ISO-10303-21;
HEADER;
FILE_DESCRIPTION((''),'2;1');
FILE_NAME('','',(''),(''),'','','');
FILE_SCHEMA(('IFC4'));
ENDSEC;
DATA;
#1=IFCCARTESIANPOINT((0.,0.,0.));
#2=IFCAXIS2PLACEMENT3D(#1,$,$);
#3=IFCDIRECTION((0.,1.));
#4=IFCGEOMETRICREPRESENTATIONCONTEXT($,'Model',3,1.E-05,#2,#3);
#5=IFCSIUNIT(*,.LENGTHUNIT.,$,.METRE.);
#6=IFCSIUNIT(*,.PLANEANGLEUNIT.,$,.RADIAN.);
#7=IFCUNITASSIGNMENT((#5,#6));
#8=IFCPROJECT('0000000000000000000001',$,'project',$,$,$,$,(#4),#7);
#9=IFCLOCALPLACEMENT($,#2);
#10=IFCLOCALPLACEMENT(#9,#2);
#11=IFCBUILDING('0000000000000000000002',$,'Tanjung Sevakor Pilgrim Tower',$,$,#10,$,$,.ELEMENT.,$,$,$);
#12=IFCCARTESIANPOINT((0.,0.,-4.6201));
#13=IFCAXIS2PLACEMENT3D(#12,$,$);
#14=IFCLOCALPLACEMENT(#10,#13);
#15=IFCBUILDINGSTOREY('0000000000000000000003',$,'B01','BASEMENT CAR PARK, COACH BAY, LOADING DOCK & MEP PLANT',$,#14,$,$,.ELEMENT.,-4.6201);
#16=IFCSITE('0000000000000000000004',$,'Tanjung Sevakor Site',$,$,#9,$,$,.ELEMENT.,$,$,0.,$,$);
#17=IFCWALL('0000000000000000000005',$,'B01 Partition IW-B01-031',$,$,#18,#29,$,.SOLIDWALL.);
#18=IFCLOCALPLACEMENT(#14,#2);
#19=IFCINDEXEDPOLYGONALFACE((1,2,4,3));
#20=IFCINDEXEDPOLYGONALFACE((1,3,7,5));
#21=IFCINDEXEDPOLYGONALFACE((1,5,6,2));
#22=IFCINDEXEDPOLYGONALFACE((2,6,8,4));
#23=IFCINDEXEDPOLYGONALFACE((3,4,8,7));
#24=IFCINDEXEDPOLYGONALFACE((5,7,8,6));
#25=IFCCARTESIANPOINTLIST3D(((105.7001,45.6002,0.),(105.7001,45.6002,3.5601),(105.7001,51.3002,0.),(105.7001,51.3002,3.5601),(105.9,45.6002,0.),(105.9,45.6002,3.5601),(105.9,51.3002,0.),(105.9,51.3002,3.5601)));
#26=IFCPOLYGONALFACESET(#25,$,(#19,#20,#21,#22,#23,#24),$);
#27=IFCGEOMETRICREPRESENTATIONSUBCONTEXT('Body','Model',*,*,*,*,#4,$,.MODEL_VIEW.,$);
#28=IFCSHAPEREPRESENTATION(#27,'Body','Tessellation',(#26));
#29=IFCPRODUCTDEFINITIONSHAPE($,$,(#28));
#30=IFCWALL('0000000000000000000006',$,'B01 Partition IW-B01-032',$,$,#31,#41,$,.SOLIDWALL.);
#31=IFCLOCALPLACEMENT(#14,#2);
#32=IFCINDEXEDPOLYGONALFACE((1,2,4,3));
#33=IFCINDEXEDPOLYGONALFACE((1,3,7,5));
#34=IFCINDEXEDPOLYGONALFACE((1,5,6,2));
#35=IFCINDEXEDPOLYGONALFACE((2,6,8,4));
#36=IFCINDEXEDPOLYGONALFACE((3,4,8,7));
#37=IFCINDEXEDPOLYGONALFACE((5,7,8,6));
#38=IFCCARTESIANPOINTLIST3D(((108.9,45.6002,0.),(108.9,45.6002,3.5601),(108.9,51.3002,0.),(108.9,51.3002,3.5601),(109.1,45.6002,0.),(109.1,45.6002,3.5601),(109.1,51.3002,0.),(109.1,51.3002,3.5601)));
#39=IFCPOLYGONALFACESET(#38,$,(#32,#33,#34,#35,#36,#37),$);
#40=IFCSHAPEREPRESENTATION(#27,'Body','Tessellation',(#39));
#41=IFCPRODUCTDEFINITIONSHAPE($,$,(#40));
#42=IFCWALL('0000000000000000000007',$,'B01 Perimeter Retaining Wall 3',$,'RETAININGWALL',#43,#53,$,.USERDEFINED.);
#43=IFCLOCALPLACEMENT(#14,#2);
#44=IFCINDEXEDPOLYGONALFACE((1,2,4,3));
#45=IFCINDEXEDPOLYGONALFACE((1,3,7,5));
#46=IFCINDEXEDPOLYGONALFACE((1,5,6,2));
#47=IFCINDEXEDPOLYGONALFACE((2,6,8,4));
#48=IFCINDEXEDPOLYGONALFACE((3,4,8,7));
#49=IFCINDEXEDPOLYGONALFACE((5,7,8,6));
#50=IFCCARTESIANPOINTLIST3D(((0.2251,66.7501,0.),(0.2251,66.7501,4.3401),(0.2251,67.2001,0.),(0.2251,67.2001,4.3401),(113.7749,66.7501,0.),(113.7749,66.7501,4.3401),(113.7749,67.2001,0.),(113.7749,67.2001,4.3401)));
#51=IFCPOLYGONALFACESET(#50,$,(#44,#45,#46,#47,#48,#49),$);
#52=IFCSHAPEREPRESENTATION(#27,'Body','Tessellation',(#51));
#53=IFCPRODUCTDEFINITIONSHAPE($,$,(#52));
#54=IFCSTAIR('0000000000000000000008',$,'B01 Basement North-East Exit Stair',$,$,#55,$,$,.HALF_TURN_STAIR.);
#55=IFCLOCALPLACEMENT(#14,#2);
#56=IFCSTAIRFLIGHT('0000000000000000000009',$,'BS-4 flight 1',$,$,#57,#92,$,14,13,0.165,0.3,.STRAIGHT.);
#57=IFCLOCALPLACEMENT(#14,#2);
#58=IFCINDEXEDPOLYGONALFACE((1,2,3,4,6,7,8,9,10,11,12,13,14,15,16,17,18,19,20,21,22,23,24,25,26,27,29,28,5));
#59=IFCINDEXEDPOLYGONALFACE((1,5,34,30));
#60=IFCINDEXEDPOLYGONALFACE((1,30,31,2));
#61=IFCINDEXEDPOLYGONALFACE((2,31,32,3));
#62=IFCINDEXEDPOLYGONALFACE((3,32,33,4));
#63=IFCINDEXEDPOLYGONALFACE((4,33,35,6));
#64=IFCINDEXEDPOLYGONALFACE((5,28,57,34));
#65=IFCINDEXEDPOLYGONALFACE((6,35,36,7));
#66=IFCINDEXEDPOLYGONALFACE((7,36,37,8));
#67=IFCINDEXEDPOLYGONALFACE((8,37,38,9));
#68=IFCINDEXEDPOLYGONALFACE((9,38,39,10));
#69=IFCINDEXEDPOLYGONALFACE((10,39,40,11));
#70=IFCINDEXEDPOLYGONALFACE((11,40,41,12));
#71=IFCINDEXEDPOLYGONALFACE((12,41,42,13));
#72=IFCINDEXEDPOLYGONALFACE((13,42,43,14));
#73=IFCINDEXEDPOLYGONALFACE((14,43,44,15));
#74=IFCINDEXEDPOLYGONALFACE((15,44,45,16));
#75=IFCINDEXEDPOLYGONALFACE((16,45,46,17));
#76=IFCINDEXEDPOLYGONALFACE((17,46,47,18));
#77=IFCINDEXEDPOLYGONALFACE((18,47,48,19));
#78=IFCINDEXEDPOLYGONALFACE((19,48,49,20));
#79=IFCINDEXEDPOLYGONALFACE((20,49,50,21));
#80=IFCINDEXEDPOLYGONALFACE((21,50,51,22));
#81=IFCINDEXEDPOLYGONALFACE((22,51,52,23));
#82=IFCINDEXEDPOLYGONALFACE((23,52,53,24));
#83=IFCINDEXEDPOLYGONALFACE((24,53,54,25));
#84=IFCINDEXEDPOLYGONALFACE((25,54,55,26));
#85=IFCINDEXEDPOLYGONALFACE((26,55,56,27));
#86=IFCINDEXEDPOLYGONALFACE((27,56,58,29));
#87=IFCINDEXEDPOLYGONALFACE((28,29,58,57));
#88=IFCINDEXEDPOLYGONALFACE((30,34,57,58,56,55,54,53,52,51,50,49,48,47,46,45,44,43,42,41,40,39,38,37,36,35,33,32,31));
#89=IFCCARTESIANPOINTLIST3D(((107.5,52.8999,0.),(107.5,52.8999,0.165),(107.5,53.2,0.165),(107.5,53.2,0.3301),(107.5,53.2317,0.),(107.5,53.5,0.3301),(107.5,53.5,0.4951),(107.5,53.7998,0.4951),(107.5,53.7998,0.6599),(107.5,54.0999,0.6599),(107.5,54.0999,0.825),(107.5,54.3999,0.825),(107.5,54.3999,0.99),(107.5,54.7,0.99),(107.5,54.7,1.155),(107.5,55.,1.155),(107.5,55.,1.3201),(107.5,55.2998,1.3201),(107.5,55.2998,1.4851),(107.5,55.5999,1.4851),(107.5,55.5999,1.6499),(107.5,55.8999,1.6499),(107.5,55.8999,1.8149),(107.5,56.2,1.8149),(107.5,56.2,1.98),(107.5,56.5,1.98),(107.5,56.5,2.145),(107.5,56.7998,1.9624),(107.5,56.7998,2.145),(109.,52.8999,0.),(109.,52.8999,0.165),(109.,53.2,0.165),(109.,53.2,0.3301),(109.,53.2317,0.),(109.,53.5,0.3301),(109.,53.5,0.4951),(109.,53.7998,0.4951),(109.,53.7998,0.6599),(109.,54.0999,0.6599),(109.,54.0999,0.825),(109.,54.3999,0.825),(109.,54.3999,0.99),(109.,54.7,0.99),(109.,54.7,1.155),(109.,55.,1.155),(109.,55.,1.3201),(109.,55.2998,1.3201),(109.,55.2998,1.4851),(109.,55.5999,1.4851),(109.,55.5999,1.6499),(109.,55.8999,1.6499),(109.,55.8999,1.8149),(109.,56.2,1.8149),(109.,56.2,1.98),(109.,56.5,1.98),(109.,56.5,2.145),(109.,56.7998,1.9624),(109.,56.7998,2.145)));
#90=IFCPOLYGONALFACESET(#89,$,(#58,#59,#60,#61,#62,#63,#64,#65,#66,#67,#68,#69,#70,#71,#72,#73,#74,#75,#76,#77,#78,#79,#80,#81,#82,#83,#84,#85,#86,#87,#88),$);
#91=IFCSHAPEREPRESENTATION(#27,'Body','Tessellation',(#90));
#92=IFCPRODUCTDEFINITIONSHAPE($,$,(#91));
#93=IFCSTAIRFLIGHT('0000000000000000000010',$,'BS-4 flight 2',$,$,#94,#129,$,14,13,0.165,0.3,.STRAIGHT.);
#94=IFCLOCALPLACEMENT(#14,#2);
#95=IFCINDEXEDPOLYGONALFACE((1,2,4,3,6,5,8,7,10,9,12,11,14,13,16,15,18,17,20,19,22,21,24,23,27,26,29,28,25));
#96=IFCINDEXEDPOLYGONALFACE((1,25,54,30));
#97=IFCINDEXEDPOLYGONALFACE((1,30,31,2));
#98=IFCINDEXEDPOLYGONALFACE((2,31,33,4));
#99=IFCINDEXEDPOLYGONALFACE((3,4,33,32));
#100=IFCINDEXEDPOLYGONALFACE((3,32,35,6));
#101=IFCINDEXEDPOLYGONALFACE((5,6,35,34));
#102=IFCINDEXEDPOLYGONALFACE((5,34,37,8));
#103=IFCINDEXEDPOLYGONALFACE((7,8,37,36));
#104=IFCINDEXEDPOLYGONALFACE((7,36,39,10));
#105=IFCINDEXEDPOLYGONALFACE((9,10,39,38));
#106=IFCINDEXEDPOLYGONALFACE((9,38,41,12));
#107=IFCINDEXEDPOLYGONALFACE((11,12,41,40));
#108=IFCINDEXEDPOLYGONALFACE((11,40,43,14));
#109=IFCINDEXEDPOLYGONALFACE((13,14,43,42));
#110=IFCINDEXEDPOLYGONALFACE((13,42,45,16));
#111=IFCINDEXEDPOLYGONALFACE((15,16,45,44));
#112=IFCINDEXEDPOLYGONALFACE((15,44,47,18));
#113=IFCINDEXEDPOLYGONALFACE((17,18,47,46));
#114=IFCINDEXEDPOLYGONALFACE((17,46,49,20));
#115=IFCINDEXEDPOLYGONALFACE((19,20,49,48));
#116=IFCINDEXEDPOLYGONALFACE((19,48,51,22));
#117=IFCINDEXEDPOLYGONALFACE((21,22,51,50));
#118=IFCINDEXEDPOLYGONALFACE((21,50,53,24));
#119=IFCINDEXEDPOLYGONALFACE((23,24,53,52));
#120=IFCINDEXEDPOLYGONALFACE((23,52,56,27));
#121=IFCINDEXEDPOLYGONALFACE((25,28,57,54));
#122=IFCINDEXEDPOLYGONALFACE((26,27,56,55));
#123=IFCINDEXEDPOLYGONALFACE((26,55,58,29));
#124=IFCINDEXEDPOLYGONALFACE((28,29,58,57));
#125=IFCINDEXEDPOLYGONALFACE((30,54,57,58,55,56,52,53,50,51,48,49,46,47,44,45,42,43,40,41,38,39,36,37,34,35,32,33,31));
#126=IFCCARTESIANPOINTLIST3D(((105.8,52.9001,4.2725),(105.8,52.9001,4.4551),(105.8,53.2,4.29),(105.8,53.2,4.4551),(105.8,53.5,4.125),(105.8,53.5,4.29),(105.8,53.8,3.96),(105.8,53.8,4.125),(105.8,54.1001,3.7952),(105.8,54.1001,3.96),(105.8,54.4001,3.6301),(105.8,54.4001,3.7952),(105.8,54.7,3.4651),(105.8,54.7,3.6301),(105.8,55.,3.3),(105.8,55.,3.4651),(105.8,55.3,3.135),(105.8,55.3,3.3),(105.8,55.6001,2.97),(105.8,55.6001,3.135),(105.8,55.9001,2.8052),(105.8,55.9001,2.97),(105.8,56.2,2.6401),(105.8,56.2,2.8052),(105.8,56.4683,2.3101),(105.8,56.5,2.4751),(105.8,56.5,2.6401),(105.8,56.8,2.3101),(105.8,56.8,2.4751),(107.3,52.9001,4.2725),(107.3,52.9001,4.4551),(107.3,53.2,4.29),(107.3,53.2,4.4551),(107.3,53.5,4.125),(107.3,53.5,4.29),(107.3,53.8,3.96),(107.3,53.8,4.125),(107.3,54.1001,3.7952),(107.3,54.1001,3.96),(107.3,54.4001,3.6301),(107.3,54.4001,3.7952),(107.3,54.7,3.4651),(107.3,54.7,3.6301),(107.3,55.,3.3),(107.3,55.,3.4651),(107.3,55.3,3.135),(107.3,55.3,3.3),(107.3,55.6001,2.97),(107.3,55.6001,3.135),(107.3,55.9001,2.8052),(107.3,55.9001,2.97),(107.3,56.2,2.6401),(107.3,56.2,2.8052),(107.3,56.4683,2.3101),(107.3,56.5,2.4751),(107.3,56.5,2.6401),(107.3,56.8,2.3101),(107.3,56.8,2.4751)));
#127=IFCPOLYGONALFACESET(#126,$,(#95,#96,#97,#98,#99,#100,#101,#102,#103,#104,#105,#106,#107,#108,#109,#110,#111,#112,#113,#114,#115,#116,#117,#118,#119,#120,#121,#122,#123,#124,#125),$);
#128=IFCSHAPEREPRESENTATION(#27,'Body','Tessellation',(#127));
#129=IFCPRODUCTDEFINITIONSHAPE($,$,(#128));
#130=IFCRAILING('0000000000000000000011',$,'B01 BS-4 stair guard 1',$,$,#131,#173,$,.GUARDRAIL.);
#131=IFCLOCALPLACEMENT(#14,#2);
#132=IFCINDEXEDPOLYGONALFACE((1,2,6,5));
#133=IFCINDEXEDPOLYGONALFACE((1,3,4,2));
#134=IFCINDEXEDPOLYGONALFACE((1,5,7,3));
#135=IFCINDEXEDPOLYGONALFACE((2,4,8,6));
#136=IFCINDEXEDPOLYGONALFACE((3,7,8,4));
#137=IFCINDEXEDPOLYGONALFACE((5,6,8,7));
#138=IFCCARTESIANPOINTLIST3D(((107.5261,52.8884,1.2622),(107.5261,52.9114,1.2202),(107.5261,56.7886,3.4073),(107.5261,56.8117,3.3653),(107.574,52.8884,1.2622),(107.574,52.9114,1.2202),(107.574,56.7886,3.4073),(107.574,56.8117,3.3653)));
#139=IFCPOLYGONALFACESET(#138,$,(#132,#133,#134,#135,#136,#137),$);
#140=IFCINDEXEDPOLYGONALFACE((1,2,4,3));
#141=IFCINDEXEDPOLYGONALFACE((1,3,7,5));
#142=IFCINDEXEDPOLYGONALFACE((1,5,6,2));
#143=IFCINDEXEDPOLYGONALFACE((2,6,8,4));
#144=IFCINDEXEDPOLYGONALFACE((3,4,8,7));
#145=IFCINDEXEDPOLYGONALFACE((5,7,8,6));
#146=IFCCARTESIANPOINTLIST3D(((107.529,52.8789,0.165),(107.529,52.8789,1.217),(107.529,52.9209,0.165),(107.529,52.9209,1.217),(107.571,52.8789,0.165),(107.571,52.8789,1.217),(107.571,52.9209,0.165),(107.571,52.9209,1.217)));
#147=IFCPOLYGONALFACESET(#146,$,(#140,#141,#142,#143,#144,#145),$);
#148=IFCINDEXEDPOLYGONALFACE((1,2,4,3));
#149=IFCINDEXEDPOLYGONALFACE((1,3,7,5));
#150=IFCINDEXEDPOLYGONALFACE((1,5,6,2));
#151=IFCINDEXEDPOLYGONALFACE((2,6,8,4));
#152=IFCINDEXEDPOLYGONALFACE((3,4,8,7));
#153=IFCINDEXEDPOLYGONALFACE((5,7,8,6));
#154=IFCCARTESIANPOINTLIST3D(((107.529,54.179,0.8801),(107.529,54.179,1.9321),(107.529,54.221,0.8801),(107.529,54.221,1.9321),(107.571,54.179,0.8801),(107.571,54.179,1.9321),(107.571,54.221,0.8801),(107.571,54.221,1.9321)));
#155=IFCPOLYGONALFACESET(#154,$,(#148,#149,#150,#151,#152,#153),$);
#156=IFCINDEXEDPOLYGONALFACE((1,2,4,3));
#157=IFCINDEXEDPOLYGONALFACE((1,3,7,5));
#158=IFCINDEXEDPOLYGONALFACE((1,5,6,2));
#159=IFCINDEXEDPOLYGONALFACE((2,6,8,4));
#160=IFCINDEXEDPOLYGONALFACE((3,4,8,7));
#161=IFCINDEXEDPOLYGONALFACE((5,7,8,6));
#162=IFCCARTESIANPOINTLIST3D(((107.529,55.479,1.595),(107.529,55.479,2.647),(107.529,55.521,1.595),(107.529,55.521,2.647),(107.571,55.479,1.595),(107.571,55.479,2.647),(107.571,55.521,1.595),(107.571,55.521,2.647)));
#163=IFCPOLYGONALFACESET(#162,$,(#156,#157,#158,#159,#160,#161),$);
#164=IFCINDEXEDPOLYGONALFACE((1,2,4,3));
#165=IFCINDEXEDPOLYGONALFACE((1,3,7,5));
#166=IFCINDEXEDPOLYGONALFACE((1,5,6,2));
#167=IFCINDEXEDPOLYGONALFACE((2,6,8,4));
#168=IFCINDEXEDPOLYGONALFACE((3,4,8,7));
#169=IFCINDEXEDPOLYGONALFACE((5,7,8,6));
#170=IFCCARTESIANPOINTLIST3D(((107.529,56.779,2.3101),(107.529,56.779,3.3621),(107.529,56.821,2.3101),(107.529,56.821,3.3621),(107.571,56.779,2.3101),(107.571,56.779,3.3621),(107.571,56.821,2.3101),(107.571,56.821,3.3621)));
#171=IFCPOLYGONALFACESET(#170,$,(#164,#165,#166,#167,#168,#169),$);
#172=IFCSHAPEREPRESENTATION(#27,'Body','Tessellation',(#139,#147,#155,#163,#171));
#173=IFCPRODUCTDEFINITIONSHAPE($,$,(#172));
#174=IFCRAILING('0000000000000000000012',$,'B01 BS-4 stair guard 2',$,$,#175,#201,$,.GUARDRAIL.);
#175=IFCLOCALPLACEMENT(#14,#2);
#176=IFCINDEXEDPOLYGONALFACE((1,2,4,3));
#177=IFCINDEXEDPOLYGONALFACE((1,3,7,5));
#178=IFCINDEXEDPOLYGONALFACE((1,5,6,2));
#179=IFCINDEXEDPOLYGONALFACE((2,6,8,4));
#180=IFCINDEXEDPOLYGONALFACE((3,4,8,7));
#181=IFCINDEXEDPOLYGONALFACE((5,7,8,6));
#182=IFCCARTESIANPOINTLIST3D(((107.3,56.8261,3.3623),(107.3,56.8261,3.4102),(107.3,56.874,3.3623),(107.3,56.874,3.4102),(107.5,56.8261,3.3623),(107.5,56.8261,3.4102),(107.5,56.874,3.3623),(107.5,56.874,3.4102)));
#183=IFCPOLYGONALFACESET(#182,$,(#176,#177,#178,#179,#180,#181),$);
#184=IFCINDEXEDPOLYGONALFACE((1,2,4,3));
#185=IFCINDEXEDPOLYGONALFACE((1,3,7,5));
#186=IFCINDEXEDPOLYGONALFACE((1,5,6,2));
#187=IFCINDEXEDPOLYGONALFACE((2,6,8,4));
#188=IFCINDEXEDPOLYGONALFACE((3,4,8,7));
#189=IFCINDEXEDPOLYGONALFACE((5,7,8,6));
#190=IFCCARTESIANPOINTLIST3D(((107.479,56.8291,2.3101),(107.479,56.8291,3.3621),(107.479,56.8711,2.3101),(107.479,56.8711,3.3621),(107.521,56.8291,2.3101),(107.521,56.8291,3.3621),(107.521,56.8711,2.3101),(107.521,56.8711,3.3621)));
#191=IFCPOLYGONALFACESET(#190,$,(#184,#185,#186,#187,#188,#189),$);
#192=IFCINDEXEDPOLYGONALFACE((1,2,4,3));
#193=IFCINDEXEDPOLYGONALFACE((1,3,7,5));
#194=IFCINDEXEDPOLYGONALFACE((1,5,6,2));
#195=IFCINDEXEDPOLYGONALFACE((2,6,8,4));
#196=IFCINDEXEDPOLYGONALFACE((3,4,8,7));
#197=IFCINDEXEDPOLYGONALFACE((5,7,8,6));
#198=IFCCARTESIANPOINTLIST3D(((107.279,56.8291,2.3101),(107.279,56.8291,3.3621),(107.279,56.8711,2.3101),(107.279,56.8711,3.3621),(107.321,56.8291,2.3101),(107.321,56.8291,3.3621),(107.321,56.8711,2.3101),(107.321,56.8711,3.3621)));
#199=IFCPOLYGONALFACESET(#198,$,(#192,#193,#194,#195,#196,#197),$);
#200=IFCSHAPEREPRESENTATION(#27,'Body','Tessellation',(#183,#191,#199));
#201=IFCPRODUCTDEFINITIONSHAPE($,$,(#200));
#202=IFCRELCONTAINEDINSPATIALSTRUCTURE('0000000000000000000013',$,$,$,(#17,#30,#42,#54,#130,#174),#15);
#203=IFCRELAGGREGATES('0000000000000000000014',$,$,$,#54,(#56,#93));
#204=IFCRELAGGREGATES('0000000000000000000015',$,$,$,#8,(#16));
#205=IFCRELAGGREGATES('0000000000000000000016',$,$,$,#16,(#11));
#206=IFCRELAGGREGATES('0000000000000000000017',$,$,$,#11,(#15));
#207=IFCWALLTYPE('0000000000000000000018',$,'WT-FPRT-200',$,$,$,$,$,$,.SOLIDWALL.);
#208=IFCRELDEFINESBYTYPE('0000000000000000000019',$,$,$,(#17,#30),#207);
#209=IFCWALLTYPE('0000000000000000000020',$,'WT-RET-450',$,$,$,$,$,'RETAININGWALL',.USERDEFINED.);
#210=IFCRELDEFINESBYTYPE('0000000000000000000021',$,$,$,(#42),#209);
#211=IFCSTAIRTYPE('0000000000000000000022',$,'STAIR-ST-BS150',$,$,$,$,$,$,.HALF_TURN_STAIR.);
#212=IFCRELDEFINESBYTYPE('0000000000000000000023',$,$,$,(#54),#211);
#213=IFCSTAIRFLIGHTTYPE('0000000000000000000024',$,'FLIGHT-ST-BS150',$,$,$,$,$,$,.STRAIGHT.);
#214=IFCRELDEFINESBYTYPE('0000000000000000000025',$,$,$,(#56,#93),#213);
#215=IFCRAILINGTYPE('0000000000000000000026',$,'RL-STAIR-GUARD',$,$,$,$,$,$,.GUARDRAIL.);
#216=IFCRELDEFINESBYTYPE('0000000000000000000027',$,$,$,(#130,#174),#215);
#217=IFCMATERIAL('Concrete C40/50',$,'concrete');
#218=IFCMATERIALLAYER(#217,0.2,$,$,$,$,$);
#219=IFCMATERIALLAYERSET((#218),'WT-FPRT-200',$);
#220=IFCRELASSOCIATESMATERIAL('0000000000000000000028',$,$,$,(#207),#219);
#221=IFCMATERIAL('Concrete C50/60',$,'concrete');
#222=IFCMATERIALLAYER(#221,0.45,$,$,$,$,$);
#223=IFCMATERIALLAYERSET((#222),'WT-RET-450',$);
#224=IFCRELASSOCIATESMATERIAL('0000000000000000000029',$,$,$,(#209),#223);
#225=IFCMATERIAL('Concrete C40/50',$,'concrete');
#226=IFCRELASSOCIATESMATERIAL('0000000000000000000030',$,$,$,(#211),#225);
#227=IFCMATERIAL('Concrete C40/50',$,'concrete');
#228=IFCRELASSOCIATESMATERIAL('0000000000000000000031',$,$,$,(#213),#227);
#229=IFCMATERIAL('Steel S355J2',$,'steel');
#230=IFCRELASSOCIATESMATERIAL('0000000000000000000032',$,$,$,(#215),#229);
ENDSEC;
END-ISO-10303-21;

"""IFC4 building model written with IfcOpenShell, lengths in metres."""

from ifc_helpers import new_model, si_unit, direction, frame, frame_2d, origin, place, context, subcontext, project, spatial, polyline, rectangle, outline, extrude, material, layer, layer_set, type_object, element, aggregate, save


model = new_model("IFC4")

# Units and contexts
model_context = context("Model", 3, precision=1e-05, world=origin(), true_north=direction((0.0, 1.0)))
body_context = subcontext(model_context, "Body", "Model", "MODEL_VIEW")
ifc_project = project(units=[si_unit("LENGTHUNIT", "METRE"), si_unit("PLANEANGLEUNIT", "RADIAN")], contexts=[model_context])

# Site, building, storey
site_placement = place(None, origin())
site = spatial("IfcSite", under=ifc_project, at=site_placement, Name="Tanjung Sevakor Site", CompositionType="ELEMENT", RefElevation=0.0)
building_placement = place(site_placement, origin())
building = spatial("IfcBuilding", under=site, at=building_placement, Name="Tanjung Sevakor Pilgrim Tower", CompositionType="ELEMENT")
storey_placement = place(building_placement, frame((0.0, 0.0, -4.6201)))
storey = spatial("IfcBuildingStorey", under=building, at=storey_placement, Name="B01", Description="BASEMENT CAR PARK, COACH BAY, LOADING DOCK & MEP PLANT", CompositionType="ELEMENT", Elevation=-4.6201)

# Walls
ifc_material_1 = material(Name="Concrete C40/50", Category="concrete")
ifc_layer_1 = layer(ifc_material_1, 0.2)
ifc_layer_set_1 = layer_set([ifc_layer_1], Name="WT-FPRT-200")
wall_type_1 = type_object("IfcWallType", Name="WT-FPRT-200", PredefinedType="SOLIDWALL", material=ifc_layer_set_1)
for number, where, z_axis, x_axis, name in (
    (1, (105.8, 45.6001, 0.0), (0.0, 0.0, 1.0), (0.0, 1.0, 0.0), "B01 Partition IW-B01-031"),
    (2, (109.0, 45.6001, 0.0), (0.0, 0.0, 1.0), (0.0, 1.0, 0.0), "B01 Partition IW-B01-032"),
):
    element("IfcWall", number, at=place(storey_placement, frame(where, z_axis=z_axis, x_axis=x_axis)), inside=storey, type_object=wall_type_1, Name=name, PredefinedType="SOLIDWALL", context=body_context, shape_type="SweptSolid", body=[
        extrude(rectangle(XDim=5.7, YDim=0.2, at=frame_2d((2.8501, 0.0))), origin(), (0.0, 0.0, 1.0), 3.5601),
    ])
ifc_material_2 = material(Name="Concrete C50/60", Category="concrete")
ifc_layer_2 = layer(ifc_material_2, 0.45)
ifc_layer_set_2 = layer_set([ifc_layer_2], Name="WT-RET-450")
wall_type_2 = type_object("IfcWallType", Name="WT-RET-450", ElementType="RETAININGWALL", PredefinedType="USERDEFINED", material=ifc_layer_set_2)
wall_1_placement = place(storey_placement, frame((113.7749, 66.9751, 0.0), z_axis=(0.0, 0.0, 1.0), x_axis=(-1.0, 0.0, 0.0)))
element("IfcWall", 3, at=wall_1_placement, inside=storey, type_object=wall_type_2, Name="B01 Perimeter Retaining Wall 3", ObjectType="RETAININGWALL", PredefinedType="USERDEFINED", context=body_context, shape_type="SweptSolid", body=[
    extrude(rectangle(XDim=113.5498, YDim=0.45, at=frame_2d((56.7749, 0.0))), origin(), (0.0, 0.0, 1.0), 4.3401),
])

# Stair, stair flights
ifc_material_3 = material(Name="Concrete C40/50", Category="concrete")
stair_type = type_object("IfcStairType", Name="STAIR-ST-BS150", PredefinedType="HALF_TURN_STAIR", material=ifc_material_3)
stair_placement = place(storey_placement, origin())
stair = element("IfcStair", 4, at=stair_placement, inside=storey, type_object=stair_type, Name="B01 Basement North-East Exit Stair", PredefinedType="HALF_TURN_STAIR")
ifc_material_4 = material(Name="Concrete C40/50", Category="concrete")
stair_flight_type = type_object("IfcStairFlightType", Name="FLIGHT-ST-BS150", PredefinedType="STRAIGHT", material=ifc_material_4)
stair_flight_1_placement = place(storey_placement, frame((108.25, 52.8999, 0.0), z_axis=(0.0, 0.0, 1.0), x_axis=(0.0, 1.0, 0.0)))
stair_flight_1 = element("IfcStairFlight", 5, at=stair_flight_1_placement, type_object=stair_flight_type, Name="BS-4 flight 1", NumberOfRisers=14, NumberOfTreads=13, PredefinedType="STRAIGHT", RiserHeight=0.165, TreadLength=0.3, context=body_context, shape_type="SweptSolid", body=[
    extrude(outline(polyline([(0.0, 0.0), (0.0, 0.165), (0.3, 0.165), (0.3, 0.3301), (0.6001, 0.3301), (0.6001, 0.4951), (0.8999, 0.4951), (0.8999, 0.6599), (1.2, 0.6599), (1.2, 0.825), (1.5, 0.825), (1.5, 0.99), (1.8, 0.99), (1.8, 1.155), (2.1001, 1.155), (2.1001, 1.3201), (2.3999, 1.3201), (2.3999, 1.4851), (2.7, 1.4851), (2.7, 1.6499), (3.0, 1.6499), (3.0, 1.8149), (3.3, 1.8149), (3.3, 1.98), (3.6001, 1.98), (3.6001, 2.145), (3.8999, 2.145), (3.8999, 2.3101), (3.8999, 1.9624), (0.3318, 0.0), (0.0, 0.0)])), frame((0.0, 0.75, 0.0), z_axis=(0.0, -1.0, 0.0), x_axis=(1.0, 0.0, 0.0)), (0.0, 0.0, 1.0), 1.5),
])
stair_flight_2_placement = place(storey_placement, frame((106.55, 56.8, 2.3101), z_axis=(0.0, 0.0, 1.0), x_axis=(0.0, -1.0, 0.0)))
stair_flight_2 = element("IfcStairFlight", 6, at=stair_flight_2_placement, type_object=stair_flight_type, Name="BS-4 flight 2", NumberOfRisers=14, NumberOfTreads=13, PredefinedType="STRAIGHT", RiserHeight=0.165, TreadLength=0.3, context=body_context, shape_type="SweptSolid", body=[
    extrude(outline(polyline([(0.0, 0.0), (0.0, 0.165), (0.3, 0.165), (0.3, 0.3301), (0.6001, 0.3301), (0.6001, 0.4951), (0.8999, 0.4951), (0.8999, 0.6599), (1.2, 0.6599), (1.2, 0.825), (1.5, 0.825), (1.5, 0.99), (1.8, 0.99), (1.8, 1.155), (2.1001, 1.155), (2.1001, 1.3201), (2.3999, 1.3201), (2.3999, 1.4851), (2.7, 1.4851), (2.7, 1.6499), (3.0, 1.6499), (3.0, 1.8149), (3.3, 1.8149), (3.3, 1.98), (3.6001, 1.98), (3.6001, 2.145), (3.8999, 2.145), (3.8999, 2.3101), (3.8999, 1.9624), (0.3318, 0.0), (0.0, 0.0)])), frame((0.0, 0.75, 0.0), z_axis=(0.0, -1.0, 0.0), x_axis=(1.0, 0.0, 0.0)), (0.0, 0.0, 1.0), 1.5),
])
aggregate(stair, [stair_flight_1, stair_flight_2])

# Railings
ifc_material_5 = material(Name="Steel S355J2", Category="steel")
railing_type_1 = type_object("IfcRailingType", Name="RL-STAIR-GUARD", PredefinedType="GUARDRAIL", material=ifc_material_5)
railing_1_placement = place(storey_placement, frame((107.55, 52.8999, 0.165)))
element("IfcRailing", 7, at=railing_1_placement, inside=storey, type_object=railing_type_1, Name="B01 BS-4 stair guard 1", PredefinedType="GUARDRAIL", context=body_context, shape_type="SweptSolid", body=[
    extrude(rectangle(XDim=0.0479, YDim=0.0479), frame((0.0, 0.0, 1.0762), z_axis=(0.0, 0.876222, 0.481908), x_axis=(-1.0, 0.0, 0.0)), (0.0, 0.0, 1.0), 4.4512),
    extrude(rectangle(XDim=0.042, YDim=0.042), origin(), (0.0, 0.0, 1.0), 1.052),
    extrude(rectangle(XDim=0.042, YDim=0.042), frame((0.0, 1.3, 0.7151)), (0.0, 0.0, 1.0), 1.052),
    extrude(rectangle(XDim=0.042, YDim=0.042), frame((0.0, 2.6001, 1.4299)), (0.0, 0.0, 1.0), 1.052),
    extrude(rectangle(XDim=0.042, YDim=0.042), frame((0.0, 3.9001, 2.145)), (0.0, 0.0, 1.0), 1.052),
])
railing_2_placement = place(storey_placement, frame((107.5, 56.8501, 2.3101)))
element("IfcRailing", 8, at=railing_2_placement, inside=storey, type_object=railing_type_1, Name="B01 BS-4 stair guard 2", PredefinedType="GUARDRAIL", context=body_context, shape_type="SweptSolid", body=[
    extrude(rectangle(XDim=0.0479, YDim=0.0479), frame((0.0, 0.0, 1.0762), z_axis=(-1.0, 0.0, 0.0), x_axis=(0.0, -1.0, 0.0)), (0.0, 0.0, 1.0), 0.2),
    extrude(rectangle(XDim=0.042, YDim=0.042), origin(), (0.0, 0.0, 1.0), 1.052),
    extrude(rectangle(XDim=0.042, YDim=0.042), frame((-0.2, 0.0, 0.0)), (0.0, 0.0, 1.0), 1.052),
])

save(model, "model.ifc")
